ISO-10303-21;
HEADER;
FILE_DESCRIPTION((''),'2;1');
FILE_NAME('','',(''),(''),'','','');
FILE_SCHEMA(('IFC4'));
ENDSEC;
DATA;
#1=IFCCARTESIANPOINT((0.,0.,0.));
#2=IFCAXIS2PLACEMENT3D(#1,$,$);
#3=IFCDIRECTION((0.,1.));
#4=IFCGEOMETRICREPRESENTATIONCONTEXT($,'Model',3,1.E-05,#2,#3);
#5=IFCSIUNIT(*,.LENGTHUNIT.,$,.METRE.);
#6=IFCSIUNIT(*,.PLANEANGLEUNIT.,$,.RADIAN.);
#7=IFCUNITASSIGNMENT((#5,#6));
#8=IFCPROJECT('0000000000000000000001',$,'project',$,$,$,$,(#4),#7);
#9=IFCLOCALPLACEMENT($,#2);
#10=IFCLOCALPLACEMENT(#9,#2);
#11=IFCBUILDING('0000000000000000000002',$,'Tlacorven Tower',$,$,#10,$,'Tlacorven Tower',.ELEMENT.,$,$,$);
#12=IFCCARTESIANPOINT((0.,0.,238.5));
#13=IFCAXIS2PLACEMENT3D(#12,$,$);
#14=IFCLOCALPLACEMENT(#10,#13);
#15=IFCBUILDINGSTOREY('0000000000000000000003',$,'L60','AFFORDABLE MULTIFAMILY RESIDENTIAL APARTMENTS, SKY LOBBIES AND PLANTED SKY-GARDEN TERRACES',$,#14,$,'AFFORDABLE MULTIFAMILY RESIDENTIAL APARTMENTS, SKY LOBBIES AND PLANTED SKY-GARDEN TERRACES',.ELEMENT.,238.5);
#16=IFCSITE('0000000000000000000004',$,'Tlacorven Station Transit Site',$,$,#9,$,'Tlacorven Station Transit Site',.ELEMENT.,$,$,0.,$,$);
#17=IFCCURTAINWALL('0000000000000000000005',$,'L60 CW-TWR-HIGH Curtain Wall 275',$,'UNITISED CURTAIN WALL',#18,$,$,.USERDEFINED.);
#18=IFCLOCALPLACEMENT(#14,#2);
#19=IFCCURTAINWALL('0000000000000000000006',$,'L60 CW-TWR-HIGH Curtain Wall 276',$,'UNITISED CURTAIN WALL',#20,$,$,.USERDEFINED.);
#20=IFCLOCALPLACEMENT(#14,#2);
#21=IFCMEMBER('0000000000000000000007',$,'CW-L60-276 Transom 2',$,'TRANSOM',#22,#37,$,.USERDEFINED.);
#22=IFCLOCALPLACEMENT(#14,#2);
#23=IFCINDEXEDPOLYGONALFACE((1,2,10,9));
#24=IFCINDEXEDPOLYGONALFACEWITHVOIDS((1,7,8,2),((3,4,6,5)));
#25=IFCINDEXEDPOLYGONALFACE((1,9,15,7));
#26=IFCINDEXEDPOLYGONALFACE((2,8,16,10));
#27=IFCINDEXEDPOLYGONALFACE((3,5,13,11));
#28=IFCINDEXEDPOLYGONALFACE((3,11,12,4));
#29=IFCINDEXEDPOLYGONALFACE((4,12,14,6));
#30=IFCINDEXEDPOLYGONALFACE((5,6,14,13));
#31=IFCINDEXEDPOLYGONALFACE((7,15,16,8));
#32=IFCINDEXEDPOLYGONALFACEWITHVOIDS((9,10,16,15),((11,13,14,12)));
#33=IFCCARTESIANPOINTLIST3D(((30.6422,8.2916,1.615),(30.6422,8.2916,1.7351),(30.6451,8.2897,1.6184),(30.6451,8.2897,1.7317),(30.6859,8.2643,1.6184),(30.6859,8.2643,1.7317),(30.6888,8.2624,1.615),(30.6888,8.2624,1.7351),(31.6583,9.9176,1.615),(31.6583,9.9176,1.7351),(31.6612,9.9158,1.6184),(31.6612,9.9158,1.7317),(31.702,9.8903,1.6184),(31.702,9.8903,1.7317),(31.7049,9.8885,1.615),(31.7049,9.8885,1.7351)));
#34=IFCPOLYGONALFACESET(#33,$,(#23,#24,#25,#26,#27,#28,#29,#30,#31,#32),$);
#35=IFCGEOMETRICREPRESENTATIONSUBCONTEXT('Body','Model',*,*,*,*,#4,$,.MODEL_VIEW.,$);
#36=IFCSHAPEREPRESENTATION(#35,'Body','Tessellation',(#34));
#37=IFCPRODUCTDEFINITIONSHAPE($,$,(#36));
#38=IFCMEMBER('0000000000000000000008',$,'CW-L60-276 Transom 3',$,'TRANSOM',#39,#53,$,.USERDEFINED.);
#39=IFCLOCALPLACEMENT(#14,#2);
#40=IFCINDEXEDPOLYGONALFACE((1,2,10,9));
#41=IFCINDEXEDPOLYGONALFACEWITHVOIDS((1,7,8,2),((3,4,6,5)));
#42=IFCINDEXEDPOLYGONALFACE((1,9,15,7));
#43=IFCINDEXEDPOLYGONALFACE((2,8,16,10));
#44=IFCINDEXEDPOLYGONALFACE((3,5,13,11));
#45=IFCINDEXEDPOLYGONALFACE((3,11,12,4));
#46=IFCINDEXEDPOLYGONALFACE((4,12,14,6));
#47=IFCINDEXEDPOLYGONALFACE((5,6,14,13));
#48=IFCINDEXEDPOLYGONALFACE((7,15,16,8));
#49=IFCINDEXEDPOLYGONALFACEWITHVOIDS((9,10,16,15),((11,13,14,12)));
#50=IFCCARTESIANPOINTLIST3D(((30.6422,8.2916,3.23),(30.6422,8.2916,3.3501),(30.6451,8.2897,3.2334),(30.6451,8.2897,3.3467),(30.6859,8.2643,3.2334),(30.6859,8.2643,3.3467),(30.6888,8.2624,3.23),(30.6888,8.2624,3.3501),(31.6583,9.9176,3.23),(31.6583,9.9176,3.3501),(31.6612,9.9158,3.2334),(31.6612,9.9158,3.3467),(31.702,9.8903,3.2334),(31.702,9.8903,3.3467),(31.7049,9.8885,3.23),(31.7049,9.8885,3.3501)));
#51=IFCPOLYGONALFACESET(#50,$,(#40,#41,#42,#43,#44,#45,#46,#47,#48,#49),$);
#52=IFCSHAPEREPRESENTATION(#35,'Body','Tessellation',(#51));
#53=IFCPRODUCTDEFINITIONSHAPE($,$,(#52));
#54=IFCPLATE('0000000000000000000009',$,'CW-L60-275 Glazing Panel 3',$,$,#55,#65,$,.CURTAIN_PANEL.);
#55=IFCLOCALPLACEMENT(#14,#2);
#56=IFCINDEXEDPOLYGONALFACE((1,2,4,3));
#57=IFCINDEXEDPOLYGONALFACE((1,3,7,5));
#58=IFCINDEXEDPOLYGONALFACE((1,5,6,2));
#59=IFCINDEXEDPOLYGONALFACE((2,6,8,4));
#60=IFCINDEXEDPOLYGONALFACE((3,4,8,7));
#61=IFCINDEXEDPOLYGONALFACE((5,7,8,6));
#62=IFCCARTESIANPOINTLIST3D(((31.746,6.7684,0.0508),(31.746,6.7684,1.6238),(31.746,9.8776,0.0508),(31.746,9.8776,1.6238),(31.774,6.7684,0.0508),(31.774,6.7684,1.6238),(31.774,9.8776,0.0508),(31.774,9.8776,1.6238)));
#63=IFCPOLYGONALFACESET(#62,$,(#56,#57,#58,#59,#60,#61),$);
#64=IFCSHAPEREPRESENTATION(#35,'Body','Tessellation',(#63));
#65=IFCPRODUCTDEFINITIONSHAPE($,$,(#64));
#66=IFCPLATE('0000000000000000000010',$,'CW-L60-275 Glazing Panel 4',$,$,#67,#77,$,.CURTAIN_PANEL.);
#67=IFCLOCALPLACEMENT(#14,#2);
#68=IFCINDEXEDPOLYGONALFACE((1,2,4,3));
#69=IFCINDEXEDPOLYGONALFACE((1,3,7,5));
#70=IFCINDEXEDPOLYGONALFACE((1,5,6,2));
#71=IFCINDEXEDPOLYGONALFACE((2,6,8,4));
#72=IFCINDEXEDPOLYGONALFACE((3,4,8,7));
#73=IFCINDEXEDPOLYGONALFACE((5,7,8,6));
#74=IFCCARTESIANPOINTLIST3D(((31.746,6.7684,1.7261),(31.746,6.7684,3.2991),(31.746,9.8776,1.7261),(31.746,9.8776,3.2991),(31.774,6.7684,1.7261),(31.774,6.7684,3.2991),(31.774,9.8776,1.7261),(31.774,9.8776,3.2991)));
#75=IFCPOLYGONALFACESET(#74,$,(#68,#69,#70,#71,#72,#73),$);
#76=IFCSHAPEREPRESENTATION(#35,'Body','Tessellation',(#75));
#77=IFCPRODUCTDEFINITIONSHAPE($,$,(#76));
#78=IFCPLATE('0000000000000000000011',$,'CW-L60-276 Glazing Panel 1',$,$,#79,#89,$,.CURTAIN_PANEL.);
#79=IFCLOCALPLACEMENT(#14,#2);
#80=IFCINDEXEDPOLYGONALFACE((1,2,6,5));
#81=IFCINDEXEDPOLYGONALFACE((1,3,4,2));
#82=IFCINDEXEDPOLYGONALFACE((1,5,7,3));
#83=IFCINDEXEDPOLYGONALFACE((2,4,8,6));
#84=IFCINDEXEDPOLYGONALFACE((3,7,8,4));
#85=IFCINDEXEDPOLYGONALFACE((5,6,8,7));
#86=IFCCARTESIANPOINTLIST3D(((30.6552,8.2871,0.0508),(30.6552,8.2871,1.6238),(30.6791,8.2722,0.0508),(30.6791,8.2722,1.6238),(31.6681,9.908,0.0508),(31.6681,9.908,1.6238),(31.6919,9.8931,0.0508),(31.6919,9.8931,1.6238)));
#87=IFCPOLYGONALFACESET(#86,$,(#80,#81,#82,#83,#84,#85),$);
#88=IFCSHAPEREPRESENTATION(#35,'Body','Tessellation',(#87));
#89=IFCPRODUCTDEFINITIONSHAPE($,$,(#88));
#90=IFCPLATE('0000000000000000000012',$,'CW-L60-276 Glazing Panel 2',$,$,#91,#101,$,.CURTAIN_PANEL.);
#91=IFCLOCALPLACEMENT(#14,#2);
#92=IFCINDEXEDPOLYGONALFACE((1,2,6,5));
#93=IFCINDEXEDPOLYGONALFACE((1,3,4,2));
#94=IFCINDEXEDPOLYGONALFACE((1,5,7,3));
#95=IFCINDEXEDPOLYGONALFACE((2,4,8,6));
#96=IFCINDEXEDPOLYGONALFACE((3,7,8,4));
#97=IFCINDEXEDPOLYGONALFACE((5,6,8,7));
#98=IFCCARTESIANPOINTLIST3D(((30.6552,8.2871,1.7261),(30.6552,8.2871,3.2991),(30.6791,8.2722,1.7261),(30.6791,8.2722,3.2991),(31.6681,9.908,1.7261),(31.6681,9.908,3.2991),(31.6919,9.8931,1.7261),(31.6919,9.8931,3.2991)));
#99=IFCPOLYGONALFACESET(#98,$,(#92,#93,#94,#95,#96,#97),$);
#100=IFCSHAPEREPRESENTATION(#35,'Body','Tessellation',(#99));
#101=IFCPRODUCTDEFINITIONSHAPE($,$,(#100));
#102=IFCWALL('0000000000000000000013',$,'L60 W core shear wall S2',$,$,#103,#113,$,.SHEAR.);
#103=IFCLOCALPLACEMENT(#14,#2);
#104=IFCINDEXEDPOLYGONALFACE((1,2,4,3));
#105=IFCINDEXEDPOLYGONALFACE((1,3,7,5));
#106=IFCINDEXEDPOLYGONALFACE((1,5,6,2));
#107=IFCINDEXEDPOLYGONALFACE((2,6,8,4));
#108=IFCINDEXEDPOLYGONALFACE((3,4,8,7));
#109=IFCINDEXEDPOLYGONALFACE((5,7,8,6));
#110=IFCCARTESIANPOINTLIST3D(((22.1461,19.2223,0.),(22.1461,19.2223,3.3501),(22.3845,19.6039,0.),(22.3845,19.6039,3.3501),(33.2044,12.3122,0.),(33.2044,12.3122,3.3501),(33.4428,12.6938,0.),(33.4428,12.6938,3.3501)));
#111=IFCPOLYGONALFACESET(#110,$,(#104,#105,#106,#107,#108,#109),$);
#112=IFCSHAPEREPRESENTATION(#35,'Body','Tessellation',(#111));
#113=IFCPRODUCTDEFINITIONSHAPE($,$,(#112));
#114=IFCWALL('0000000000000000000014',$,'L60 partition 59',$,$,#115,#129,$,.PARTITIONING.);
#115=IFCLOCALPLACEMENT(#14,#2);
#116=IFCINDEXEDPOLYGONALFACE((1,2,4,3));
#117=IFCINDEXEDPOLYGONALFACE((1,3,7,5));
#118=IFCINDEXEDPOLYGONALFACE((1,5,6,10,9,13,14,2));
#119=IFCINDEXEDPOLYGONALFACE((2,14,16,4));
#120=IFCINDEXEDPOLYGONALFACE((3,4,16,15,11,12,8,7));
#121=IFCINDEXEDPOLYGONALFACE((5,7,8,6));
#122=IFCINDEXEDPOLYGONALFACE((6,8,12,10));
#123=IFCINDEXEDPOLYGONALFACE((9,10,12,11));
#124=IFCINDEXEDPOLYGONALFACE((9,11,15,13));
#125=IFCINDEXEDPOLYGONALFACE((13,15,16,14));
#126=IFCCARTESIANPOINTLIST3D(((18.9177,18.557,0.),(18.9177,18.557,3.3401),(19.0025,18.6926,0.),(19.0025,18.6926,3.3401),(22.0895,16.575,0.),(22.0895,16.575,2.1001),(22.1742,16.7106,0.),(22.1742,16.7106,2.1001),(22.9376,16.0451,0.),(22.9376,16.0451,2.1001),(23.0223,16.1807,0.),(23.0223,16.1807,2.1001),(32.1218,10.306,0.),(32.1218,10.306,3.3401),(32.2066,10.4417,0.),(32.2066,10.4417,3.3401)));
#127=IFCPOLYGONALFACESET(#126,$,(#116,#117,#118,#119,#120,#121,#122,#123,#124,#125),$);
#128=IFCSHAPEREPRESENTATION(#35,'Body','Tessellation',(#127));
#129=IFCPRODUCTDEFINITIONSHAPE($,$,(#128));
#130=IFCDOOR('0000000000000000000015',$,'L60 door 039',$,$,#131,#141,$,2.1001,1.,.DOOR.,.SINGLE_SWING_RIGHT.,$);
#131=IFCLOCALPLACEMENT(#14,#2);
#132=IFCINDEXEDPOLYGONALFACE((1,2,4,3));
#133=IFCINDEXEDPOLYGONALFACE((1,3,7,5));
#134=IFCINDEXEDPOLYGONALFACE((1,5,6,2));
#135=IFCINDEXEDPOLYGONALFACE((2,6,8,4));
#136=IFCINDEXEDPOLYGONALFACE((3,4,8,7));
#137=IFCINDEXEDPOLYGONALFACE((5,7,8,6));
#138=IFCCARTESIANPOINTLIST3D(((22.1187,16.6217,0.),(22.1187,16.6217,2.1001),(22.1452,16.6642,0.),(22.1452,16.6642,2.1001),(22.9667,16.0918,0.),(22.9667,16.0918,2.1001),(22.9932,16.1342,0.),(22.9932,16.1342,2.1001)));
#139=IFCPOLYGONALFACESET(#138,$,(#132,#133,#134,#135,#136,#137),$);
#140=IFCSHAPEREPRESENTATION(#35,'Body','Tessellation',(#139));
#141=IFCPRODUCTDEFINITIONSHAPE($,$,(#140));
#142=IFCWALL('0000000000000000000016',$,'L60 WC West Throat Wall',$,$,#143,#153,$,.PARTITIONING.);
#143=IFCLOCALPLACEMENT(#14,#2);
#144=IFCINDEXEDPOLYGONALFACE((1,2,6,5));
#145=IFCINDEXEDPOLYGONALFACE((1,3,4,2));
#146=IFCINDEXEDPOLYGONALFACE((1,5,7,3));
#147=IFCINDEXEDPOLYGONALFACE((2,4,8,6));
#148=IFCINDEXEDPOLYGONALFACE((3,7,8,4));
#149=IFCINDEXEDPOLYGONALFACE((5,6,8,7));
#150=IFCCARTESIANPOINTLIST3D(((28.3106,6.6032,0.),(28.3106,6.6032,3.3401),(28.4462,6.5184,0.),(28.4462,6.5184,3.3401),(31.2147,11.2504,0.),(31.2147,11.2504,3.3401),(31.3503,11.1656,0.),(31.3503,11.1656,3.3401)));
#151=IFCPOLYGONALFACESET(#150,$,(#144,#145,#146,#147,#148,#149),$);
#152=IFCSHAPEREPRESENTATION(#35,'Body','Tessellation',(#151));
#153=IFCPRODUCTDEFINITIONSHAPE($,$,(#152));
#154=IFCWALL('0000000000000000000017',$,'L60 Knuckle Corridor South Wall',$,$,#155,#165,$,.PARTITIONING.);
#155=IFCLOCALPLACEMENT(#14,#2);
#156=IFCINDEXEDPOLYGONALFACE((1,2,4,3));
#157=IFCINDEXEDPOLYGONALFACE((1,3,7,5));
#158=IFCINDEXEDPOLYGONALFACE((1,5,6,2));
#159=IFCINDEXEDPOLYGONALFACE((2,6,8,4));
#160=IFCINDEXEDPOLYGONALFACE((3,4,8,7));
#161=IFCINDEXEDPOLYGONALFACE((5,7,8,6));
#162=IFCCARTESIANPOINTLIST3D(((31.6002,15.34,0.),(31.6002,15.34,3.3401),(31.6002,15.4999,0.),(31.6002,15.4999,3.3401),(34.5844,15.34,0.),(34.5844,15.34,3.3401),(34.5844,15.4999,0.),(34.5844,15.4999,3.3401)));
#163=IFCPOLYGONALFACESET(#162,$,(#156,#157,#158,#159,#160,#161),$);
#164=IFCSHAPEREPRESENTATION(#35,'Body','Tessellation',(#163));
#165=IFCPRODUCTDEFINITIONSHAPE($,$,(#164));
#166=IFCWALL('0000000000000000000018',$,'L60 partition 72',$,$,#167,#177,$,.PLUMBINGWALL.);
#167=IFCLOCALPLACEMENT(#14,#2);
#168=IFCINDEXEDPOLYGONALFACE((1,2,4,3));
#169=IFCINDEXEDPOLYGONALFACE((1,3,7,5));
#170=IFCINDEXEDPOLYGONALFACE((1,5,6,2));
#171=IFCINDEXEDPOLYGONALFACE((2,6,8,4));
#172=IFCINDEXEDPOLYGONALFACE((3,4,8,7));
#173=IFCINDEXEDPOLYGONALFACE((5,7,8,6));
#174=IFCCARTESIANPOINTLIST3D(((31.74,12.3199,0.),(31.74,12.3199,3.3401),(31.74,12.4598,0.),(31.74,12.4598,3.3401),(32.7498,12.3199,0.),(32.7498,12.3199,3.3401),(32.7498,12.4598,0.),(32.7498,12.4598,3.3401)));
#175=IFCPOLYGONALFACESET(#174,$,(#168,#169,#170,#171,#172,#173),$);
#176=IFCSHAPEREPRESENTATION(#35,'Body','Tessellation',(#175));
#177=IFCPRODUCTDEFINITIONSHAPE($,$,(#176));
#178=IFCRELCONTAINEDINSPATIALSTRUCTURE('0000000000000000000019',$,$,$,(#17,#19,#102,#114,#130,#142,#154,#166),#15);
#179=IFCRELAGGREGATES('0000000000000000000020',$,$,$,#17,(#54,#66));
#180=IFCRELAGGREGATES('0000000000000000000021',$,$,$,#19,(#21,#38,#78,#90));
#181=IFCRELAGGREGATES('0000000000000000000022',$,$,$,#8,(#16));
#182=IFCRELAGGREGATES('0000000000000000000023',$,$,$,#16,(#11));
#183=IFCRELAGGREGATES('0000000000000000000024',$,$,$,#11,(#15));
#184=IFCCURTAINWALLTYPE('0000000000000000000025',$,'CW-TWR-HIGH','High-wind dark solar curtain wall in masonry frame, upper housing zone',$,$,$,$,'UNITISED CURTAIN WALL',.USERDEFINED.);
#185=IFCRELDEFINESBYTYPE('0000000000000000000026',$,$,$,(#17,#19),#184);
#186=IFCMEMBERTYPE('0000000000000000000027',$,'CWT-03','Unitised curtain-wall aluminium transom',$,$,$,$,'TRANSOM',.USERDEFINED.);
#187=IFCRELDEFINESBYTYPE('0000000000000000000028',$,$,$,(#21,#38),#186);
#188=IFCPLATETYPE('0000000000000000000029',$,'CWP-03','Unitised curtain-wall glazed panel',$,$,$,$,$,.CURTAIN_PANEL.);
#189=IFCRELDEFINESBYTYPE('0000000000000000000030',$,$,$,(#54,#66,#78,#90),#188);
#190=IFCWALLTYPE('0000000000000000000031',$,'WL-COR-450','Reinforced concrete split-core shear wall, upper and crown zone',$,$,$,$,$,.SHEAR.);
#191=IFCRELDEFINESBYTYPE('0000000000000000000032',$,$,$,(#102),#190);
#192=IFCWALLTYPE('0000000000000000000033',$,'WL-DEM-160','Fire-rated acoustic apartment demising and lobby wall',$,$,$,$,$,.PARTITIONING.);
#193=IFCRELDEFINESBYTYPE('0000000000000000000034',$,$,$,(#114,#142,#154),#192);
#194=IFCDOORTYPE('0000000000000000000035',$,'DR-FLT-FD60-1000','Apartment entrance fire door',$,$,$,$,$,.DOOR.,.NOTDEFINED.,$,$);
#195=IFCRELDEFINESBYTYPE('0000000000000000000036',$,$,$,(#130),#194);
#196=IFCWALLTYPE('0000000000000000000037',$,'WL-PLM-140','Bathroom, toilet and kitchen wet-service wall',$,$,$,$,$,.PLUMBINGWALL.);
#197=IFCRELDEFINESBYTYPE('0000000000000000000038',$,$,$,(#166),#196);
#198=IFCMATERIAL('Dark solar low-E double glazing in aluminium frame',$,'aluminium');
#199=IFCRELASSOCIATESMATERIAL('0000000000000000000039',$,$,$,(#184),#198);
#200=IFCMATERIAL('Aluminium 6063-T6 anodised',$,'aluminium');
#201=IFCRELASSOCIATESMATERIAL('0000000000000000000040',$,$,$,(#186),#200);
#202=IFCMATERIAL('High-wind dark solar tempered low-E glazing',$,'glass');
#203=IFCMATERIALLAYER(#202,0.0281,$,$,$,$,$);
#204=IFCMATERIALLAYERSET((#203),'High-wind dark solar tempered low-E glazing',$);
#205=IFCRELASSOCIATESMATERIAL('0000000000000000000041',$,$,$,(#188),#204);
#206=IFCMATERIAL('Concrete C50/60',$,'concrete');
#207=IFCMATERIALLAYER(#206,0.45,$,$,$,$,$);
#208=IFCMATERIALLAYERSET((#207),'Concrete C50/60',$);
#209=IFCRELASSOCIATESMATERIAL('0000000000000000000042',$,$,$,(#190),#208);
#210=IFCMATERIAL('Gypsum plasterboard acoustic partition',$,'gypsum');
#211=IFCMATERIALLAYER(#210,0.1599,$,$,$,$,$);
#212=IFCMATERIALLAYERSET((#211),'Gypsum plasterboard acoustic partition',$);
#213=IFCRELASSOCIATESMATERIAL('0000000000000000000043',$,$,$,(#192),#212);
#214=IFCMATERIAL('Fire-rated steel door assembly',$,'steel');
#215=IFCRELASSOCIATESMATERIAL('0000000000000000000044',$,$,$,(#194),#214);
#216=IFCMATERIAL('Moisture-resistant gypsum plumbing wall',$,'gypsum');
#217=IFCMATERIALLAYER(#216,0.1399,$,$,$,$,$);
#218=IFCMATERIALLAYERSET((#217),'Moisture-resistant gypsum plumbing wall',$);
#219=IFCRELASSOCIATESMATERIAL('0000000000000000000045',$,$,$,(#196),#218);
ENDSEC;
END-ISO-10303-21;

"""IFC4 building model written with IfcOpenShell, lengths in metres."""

from ifc_helpers import new_model, si_unit, direction, frame, frame_2d, origin, origin_2d, place, context, subcontext, project, spatial, rectangle, hollow_rectangle, extrude, source, transform, mapped, material, layer, layer_set, material_profile, profile_set, type_object, element, fill, aggregate, save


model = new_model("IFC4")

# Units and contexts
model_context = context("Model", 3, precision=1e-05, world=origin(), true_north=direction((0.0, 1.0)))
body_context = subcontext(model_context, "Body", "Model", "MODEL_VIEW")
ifc_project = project(units=[si_unit("LENGTHUNIT", "METRE"), si_unit("PLANEANGLEUNIT", "RADIAN")], contexts=[model_context])

# Site, building, storey
site_placement = place(None, origin())
site = spatial("IfcSite", under=ifc_project, at=site_placement, Name="Tlacorven Station Transit Site", LongName="Tlacorven Station Transit Site", CompositionType="ELEMENT", RefElevation=0.0)
building_placement = place(site_placement, origin())
building = spatial("IfcBuilding", under=site, at=building_placement, Name="Tlacorven Tower", LongName="Tlacorven Tower", CompositionType="ELEMENT")
storey_placement = place(building_placement, frame((0.0, 0.0, 238.5)))
storey = spatial("IfcBuildingStorey", under=building, at=storey_placement, Name="L60", Description="AFFORDABLE MULTIFAMILY RESIDENTIAL APARTMENTS, SKY LOBBIES AND PLANTED SKY-GARDEN TERRACES", LongName="AFFORDABLE MULTIFAMILY RESIDENTIAL APARTMENTS, SKY LOBBIES AND PLANTED SKY-GARDEN TERRACES", CompositionType="ELEMENT", Elevation=238.5)

# Curtain wall
ifc_material_1 = material(Name="Dark solar low-E double glazing in aluminium frame", Category="aluminium")
curtain_wall_type = type_object("IfcCurtainWallType", Name="CW-TWR-HIGH", Description="High-wind dark solar curtain wall in masonry frame, upper housing zone", ElementType="UNITISED CURTAIN WALL", PredefinedType="USERDEFINED", material=ifc_material_1)
curtain_wall_1_placement = place(storey_placement, origin())
curtain_wall_1 = element("IfcCurtainWall", 1, at=curtain_wall_1_placement, inside=storey, type_object=curtain_wall_type, Name="L60 CW-TWR-HIGH Curtain Wall 275", ObjectType="UNITISED CURTAIN WALL", PredefinedType="USERDEFINED")
ifc_material_2 = material(Name="Aluminium 6063-T6 anodised", Category="aluminium")

# Curtain wall
curtain_wall_2_placement = place(storey_placement, origin())
curtain_wall_2 = element("IfcCurtainWall", 2, at=curtain_wall_2_placement, inside=storey, type_object=curtain_wall_type, Name="L60 CW-TWR-HIGH Curtain Wall 276", ObjectType="UNITISED CURTAIN WALL", PredefinedType="USERDEFINED")

# Members
ifc_material_profile_1 = material_profile(ifc_material_2, hollow_rectangle(XDim=0.0549, YDim=0.1201, WallThickness=0.0034, at=origin_2d()), Name="ALU TRANSOM 55X120")
ifc_profile_set_1 = profile_set([ifc_material_profile_1], Name="Aluminium 6063-T6 anodised")
member_type_1 = type_object("IfcMemberType", Name="CWT-03", Description="Unitised curtain-wall aluminium transom", ElementType="TRANSOM", PredefinedType="USERDEFINED", material=ifc_profile_set_1)
shared_shape_1 = source(origin(), body_context, "Body", "SweptSolid", [
    extrude(hollow_rectangle(XDim=0.0549, YDim=0.1201, WallThickness=0.0034, at=origin_2d()), origin(), (0.0, 0.0, 1.0), 1.9175),
])
member_1_placement = place(storey_placement, frame((31.6816, 9.9031, 1.675), z_axis=(-0.529953, -0.848027, 0.0), x_axis=(0.848027, -0.529953, 0.0)))
member_1 = element("IfcMember", 3, at=member_1_placement, type_object=member_type_1, Name="CW-L60-276 Transom 2", ObjectType="TRANSOM", PredefinedType="USERDEFINED", context=body_context, shape_type="MappedRepresentation", body=[
    mapped(shared_shape_1, transform((0.0, 0.0, 0.0), scale=1.0)),
])
member_2_placement = place(storey_placement, frame((31.6816, 9.9031, 3.29), z_axis=(-0.529953, -0.848027, 0.0), x_axis=(0.848027, -0.529953, 0.0)))
member_2 = element("IfcMember", 4, at=member_2_placement, type_object=member_type_1, Name="CW-L60-276 Transom 3", ObjectType="TRANSOM", PredefinedType="USERDEFINED", context=body_context, shape_type="MappedRepresentation", body=[
    mapped(shared_shape_1, transform((0.0, 0.0, 0.0), scale=1.0)),
])

# Plates
ifc_material_3 = material(Name="High-wind dark solar tempered low-E glazing", Category="glass")
ifc_layer_1 = layer(ifc_material_3, 0.0281)
ifc_layer_set_1 = layer_set([ifc_layer_1], Name="High-wind dark solar tempered low-E glazing")
plate_type = type_object("IfcPlateType", Name="CWP-03", Description="Unitised curtain-wall glazed panel", PredefinedType="CURTAIN_PANEL", material=ifc_layer_set_1)
shared_shape_2 = source(origin(), body_context, "Body", "SweptSolid", [
    extrude(rectangle(XDim=3.1091, YDim=0.0281, at=origin_2d()), origin(), (0.0, 0.0, 1.0), 1.573),
])
plate_1_placement = place(storey_placement, frame((31.76, 8.323, 0.0508), z_axis=(0.0, 0.0, 1.0), x_axis=(0.0, 1.0, 0.0)))
plate_1 = element("IfcPlate", 5, at=plate_1_placement, type_object=plate_type, Name="CW-L60-275 Glazing Panel 3", PredefinedType="CURTAIN_PANEL", context=body_context, shape_type="MappedRepresentation", body=[
    mapped(shared_shape_2, transform((0.0, 0.0, 0.0), scale=1.0)),
])
plate_2_placement = place(storey_placement, frame((31.76, 8.323, 1.7261), z_axis=(0.0, 0.0, 1.0), x_axis=(0.0, 1.0, 0.0)))
plate_2 = element("IfcPlate", 6, at=plate_2_placement, type_object=plate_type, Name="CW-L60-275 Glazing Panel 4", PredefinedType="CURTAIN_PANEL", context=body_context, shape_type="MappedRepresentation", body=[
    mapped(shared_shape_2, transform((0.0, 0.0, 0.0), scale=1.0)),
])
aggregate(curtain_wall_1, [plate_1, plate_2])
shared_shape_3 = source(origin(), body_context, "Body", "SweptSolid", [
    extrude(rectangle(XDim=1.9114, YDim=0.0281, at=origin_2d()), origin(), (0.0, 0.0, 1.0), 1.573),
])
plate_3_placement = place(storey_placement, frame((31.1736, 9.0901, 0.0508), z_axis=(0.0, 0.0, 1.0), x_axis=(-0.529919, -0.848048, 0.0)))
plate_3 = element("IfcPlate", 7, at=plate_3_placement, type_object=plate_type, Name="CW-L60-276 Glazing Panel 1", PredefinedType="CURTAIN_PANEL", context=body_context, shape_type="MappedRepresentation", body=[
    mapped(shared_shape_3, transform((0.0, 0.0, 0.0), scale=1.0)),
])
plate_4_placement = place(storey_placement, frame((31.1736, 9.0901, 1.7261), z_axis=(0.0, 0.0, 1.0), x_axis=(-0.529919, -0.848048, 0.0)))
plate_4 = element("IfcPlate", 8, at=plate_4_placement, type_object=plate_type, Name="CW-L60-276 Glazing Panel 2", PredefinedType="CURTAIN_PANEL", context=body_context, shape_type="MappedRepresentation", body=[
    mapped(shared_shape_3, transform((0.0, 0.0, 0.0), scale=1.0)),
])
aggregate(curtain_wall_2, [member_1, member_2, plate_3, plate_4])

# Wall
ifc_material_4 = material(Name="Concrete C50/60", Category="concrete")
ifc_layer_2 = layer(ifc_material_4, 0.45)
ifc_layer_set_2 = layer_set([ifc_layer_2], Name="Concrete C50/60")
wall_type_1 = type_object("IfcWallType", Name="WL-COR-450", Description="Reinforced concrete split-core shear wall, upper and crown zone", PredefinedType="SHEAR", material=ifc_layer_set_2)
wall_1_placement = place(storey_placement, frame((33.3237, 12.5029, 0.0), z_axis=(0.0, 0.0, 1.0), x_axis=(-0.848044, 0.529927, 0.0)))
element("IfcWall", 9, at=wall_1_placement, inside=storey, type_object=wall_type_1, Name="L60 W core shear wall S2", PredefinedType="SHEAR", context=body_context, shape_type="SweptSolid", body=[
    extrude(rectangle(XDim=13.0398, YDim=0.45, at=frame_2d((6.52, 0.0))), origin(), (0.0, 0.0, 1.0), 3.3501),
])

# Wall, opening, door
ifc_material_5 = material(Name="Gypsum plasterboard acoustic partition", Category="gypsum")
ifc_layer_3 = layer(ifc_material_5, 0.1599)
ifc_layer_set_3 = layer_set([ifc_layer_3], Name="Gypsum plasterboard acoustic partition")
wall_type_2 = type_object("IfcWallType", Name="WL-DEM-160", Description="Fire-rated acoustic apartment demising and lobby wall", PredefinedType="PARTITIONING", material=ifc_layer_set_3)
wall_2_placement = place(storey_placement, frame((32.1643, 10.3738, 0.0), z_axis=(0.0, 0.0, 1.0), x_axis=(-0.848044, 0.529926, 0.0)))
wall_2 = element("IfcWall", 10, at=wall_2_placement, inside=storey, type_object=wall_type_2, Name="L60 partition 59", PredefinedType="PARTITIONING", context=body_context, shape_type="SweptSolid", body=[
    extrude(rectangle(XDim=15.5701, YDim=0.1599, at=frame_2d((7.7852, 0.0))), origin(), (0.0, 0.0, 1.0), 3.3401),
])
opening_1_placement = place(wall_2_placement, frame((10.8301, 0.0, 0.0)))
opening_1 = element("IfcOpeningElement", 11, at=opening_1_placement, cuts=wall_2, PredefinedType="OPENING", context=body_context, shape_type="SweptSolid", body=[
    extrude(rectangle(XDim=1.0, YDim=2.1001, at=frame_2d((0.5, 1.05))), frame((0.0, 0.0898, 0.0), z_axis=(0.0, -1.0, 0.0), x_axis=(1.0, 0.0, 0.0)), (0.0, 0.0, 1.0), 0.1799),
])
ifc_material_6 = material(Name="Fire-rated steel door assembly", Category="steel")
door_type_1 = type_object("IfcDoorType", Name="DR-FLT-FD60-1000", Description="Apartment entrance fire door", OperationType="NOTDEFINED", PredefinedType="DOOR", material=ifc_material_6)
shared_shape_4 = source(origin(), body_context, "Body", "SweptSolid", [
    extrude(rectangle(XDim=1.0, YDim=2.1001, at=frame_2d((0.5, 1.05))), frame((0.0, 0.0249, 0.0), z_axis=(0.0, -1.0, 0.0), x_axis=(1.0, 0.0, 0.0)), (0.0, 0.0, 1.0), 0.05),
])
door_1_placement = place(opening_1_placement, origin())
door_1 = element("IfcDoor", 12, at=door_1_placement, inside=storey, type_object=door_type_1, Name="L60 door 039", OperationType="SINGLE_SWING_RIGHT", OverallHeight=2.1001, OverallWidth=1.0, PredefinedType="DOOR", context=body_context, shape_type="MappedRepresentation", body=[
    mapped(shared_shape_4, transform((0.0, 0.0, 0.0), scale=1.0)),
])
fill(opening_1, door_1)

# Walls
wall_3_placement = place(storey_placement, frame((31.2825, 11.208, 0.0), z_axis=(0.0, 0.0, 1.0), x_axis=(-0.529939, -0.848036, 0.0)))
element("IfcWall", 13, at=wall_3_placement, inside=storey, type_object=wall_type_2, Name="L60 WC West Throat Wall", PredefinedType="PARTITIONING", context=body_context, shape_type="SweptSolid", body=[
    extrude(rectangle(XDim=5.48, YDim=0.1599, at=frame_2d((2.74, 0.0))), origin(), (0.0, 0.0, 1.0), 3.3401),
])
wall_4_placement = place(storey_placement, frame((31.6001, 15.4199, 0.0), z_axis=(0.0, 0.0, 1.0), x_axis=(1.0, 0.0, 0.0)))
element("IfcWall", 14, at=wall_4_placement, inside=storey, type_object=wall_type_2, Name="L60 Knuckle Corridor South Wall", PredefinedType="PARTITIONING", context=body_context, shape_type="SweptSolid", body=[
    extrude(rectangle(XDim=2.9841, YDim=0.1599, at=frame_2d((1.4922, 0.0))), origin(), (0.0, 0.0, 1.0), 3.3401),
])
ifc_material_7 = material(Name="Moisture-resistant gypsum plumbing wall", Category="gypsum")
ifc_layer_4 = layer(ifc_material_7, 0.1399)
ifc_layer_set_4 = layer_set([ifc_layer_4], Name="Moisture-resistant gypsum plumbing wall")
wall_type_3 = type_object("IfcWallType", Name="WL-PLM-140", Description="Bathroom, toilet and kitchen wet-service wall", PredefinedType="PLUMBINGWALL", material=ifc_layer_set_4)
wall_5_placement = place(storey_placement, frame((31.74, 12.3899, 0.0), z_axis=(0.0, 0.0, 1.0), x_axis=(1.0, 0.0, 0.0)))
element("IfcWall", 15, at=wall_5_placement, inside=storey, type_object=wall_type_3, Name="L60 partition 72", PredefinedType="PLUMBINGWALL", context=body_context, shape_type="SweptSolid", body=[
    extrude(rectangle(XDim=1.0098, YDim=0.1399, at=frame_2d((0.5049, 0.0))), origin(), (0.0, 0.0, 1.0), 3.3401),
])

save(model, "model.ifc")
